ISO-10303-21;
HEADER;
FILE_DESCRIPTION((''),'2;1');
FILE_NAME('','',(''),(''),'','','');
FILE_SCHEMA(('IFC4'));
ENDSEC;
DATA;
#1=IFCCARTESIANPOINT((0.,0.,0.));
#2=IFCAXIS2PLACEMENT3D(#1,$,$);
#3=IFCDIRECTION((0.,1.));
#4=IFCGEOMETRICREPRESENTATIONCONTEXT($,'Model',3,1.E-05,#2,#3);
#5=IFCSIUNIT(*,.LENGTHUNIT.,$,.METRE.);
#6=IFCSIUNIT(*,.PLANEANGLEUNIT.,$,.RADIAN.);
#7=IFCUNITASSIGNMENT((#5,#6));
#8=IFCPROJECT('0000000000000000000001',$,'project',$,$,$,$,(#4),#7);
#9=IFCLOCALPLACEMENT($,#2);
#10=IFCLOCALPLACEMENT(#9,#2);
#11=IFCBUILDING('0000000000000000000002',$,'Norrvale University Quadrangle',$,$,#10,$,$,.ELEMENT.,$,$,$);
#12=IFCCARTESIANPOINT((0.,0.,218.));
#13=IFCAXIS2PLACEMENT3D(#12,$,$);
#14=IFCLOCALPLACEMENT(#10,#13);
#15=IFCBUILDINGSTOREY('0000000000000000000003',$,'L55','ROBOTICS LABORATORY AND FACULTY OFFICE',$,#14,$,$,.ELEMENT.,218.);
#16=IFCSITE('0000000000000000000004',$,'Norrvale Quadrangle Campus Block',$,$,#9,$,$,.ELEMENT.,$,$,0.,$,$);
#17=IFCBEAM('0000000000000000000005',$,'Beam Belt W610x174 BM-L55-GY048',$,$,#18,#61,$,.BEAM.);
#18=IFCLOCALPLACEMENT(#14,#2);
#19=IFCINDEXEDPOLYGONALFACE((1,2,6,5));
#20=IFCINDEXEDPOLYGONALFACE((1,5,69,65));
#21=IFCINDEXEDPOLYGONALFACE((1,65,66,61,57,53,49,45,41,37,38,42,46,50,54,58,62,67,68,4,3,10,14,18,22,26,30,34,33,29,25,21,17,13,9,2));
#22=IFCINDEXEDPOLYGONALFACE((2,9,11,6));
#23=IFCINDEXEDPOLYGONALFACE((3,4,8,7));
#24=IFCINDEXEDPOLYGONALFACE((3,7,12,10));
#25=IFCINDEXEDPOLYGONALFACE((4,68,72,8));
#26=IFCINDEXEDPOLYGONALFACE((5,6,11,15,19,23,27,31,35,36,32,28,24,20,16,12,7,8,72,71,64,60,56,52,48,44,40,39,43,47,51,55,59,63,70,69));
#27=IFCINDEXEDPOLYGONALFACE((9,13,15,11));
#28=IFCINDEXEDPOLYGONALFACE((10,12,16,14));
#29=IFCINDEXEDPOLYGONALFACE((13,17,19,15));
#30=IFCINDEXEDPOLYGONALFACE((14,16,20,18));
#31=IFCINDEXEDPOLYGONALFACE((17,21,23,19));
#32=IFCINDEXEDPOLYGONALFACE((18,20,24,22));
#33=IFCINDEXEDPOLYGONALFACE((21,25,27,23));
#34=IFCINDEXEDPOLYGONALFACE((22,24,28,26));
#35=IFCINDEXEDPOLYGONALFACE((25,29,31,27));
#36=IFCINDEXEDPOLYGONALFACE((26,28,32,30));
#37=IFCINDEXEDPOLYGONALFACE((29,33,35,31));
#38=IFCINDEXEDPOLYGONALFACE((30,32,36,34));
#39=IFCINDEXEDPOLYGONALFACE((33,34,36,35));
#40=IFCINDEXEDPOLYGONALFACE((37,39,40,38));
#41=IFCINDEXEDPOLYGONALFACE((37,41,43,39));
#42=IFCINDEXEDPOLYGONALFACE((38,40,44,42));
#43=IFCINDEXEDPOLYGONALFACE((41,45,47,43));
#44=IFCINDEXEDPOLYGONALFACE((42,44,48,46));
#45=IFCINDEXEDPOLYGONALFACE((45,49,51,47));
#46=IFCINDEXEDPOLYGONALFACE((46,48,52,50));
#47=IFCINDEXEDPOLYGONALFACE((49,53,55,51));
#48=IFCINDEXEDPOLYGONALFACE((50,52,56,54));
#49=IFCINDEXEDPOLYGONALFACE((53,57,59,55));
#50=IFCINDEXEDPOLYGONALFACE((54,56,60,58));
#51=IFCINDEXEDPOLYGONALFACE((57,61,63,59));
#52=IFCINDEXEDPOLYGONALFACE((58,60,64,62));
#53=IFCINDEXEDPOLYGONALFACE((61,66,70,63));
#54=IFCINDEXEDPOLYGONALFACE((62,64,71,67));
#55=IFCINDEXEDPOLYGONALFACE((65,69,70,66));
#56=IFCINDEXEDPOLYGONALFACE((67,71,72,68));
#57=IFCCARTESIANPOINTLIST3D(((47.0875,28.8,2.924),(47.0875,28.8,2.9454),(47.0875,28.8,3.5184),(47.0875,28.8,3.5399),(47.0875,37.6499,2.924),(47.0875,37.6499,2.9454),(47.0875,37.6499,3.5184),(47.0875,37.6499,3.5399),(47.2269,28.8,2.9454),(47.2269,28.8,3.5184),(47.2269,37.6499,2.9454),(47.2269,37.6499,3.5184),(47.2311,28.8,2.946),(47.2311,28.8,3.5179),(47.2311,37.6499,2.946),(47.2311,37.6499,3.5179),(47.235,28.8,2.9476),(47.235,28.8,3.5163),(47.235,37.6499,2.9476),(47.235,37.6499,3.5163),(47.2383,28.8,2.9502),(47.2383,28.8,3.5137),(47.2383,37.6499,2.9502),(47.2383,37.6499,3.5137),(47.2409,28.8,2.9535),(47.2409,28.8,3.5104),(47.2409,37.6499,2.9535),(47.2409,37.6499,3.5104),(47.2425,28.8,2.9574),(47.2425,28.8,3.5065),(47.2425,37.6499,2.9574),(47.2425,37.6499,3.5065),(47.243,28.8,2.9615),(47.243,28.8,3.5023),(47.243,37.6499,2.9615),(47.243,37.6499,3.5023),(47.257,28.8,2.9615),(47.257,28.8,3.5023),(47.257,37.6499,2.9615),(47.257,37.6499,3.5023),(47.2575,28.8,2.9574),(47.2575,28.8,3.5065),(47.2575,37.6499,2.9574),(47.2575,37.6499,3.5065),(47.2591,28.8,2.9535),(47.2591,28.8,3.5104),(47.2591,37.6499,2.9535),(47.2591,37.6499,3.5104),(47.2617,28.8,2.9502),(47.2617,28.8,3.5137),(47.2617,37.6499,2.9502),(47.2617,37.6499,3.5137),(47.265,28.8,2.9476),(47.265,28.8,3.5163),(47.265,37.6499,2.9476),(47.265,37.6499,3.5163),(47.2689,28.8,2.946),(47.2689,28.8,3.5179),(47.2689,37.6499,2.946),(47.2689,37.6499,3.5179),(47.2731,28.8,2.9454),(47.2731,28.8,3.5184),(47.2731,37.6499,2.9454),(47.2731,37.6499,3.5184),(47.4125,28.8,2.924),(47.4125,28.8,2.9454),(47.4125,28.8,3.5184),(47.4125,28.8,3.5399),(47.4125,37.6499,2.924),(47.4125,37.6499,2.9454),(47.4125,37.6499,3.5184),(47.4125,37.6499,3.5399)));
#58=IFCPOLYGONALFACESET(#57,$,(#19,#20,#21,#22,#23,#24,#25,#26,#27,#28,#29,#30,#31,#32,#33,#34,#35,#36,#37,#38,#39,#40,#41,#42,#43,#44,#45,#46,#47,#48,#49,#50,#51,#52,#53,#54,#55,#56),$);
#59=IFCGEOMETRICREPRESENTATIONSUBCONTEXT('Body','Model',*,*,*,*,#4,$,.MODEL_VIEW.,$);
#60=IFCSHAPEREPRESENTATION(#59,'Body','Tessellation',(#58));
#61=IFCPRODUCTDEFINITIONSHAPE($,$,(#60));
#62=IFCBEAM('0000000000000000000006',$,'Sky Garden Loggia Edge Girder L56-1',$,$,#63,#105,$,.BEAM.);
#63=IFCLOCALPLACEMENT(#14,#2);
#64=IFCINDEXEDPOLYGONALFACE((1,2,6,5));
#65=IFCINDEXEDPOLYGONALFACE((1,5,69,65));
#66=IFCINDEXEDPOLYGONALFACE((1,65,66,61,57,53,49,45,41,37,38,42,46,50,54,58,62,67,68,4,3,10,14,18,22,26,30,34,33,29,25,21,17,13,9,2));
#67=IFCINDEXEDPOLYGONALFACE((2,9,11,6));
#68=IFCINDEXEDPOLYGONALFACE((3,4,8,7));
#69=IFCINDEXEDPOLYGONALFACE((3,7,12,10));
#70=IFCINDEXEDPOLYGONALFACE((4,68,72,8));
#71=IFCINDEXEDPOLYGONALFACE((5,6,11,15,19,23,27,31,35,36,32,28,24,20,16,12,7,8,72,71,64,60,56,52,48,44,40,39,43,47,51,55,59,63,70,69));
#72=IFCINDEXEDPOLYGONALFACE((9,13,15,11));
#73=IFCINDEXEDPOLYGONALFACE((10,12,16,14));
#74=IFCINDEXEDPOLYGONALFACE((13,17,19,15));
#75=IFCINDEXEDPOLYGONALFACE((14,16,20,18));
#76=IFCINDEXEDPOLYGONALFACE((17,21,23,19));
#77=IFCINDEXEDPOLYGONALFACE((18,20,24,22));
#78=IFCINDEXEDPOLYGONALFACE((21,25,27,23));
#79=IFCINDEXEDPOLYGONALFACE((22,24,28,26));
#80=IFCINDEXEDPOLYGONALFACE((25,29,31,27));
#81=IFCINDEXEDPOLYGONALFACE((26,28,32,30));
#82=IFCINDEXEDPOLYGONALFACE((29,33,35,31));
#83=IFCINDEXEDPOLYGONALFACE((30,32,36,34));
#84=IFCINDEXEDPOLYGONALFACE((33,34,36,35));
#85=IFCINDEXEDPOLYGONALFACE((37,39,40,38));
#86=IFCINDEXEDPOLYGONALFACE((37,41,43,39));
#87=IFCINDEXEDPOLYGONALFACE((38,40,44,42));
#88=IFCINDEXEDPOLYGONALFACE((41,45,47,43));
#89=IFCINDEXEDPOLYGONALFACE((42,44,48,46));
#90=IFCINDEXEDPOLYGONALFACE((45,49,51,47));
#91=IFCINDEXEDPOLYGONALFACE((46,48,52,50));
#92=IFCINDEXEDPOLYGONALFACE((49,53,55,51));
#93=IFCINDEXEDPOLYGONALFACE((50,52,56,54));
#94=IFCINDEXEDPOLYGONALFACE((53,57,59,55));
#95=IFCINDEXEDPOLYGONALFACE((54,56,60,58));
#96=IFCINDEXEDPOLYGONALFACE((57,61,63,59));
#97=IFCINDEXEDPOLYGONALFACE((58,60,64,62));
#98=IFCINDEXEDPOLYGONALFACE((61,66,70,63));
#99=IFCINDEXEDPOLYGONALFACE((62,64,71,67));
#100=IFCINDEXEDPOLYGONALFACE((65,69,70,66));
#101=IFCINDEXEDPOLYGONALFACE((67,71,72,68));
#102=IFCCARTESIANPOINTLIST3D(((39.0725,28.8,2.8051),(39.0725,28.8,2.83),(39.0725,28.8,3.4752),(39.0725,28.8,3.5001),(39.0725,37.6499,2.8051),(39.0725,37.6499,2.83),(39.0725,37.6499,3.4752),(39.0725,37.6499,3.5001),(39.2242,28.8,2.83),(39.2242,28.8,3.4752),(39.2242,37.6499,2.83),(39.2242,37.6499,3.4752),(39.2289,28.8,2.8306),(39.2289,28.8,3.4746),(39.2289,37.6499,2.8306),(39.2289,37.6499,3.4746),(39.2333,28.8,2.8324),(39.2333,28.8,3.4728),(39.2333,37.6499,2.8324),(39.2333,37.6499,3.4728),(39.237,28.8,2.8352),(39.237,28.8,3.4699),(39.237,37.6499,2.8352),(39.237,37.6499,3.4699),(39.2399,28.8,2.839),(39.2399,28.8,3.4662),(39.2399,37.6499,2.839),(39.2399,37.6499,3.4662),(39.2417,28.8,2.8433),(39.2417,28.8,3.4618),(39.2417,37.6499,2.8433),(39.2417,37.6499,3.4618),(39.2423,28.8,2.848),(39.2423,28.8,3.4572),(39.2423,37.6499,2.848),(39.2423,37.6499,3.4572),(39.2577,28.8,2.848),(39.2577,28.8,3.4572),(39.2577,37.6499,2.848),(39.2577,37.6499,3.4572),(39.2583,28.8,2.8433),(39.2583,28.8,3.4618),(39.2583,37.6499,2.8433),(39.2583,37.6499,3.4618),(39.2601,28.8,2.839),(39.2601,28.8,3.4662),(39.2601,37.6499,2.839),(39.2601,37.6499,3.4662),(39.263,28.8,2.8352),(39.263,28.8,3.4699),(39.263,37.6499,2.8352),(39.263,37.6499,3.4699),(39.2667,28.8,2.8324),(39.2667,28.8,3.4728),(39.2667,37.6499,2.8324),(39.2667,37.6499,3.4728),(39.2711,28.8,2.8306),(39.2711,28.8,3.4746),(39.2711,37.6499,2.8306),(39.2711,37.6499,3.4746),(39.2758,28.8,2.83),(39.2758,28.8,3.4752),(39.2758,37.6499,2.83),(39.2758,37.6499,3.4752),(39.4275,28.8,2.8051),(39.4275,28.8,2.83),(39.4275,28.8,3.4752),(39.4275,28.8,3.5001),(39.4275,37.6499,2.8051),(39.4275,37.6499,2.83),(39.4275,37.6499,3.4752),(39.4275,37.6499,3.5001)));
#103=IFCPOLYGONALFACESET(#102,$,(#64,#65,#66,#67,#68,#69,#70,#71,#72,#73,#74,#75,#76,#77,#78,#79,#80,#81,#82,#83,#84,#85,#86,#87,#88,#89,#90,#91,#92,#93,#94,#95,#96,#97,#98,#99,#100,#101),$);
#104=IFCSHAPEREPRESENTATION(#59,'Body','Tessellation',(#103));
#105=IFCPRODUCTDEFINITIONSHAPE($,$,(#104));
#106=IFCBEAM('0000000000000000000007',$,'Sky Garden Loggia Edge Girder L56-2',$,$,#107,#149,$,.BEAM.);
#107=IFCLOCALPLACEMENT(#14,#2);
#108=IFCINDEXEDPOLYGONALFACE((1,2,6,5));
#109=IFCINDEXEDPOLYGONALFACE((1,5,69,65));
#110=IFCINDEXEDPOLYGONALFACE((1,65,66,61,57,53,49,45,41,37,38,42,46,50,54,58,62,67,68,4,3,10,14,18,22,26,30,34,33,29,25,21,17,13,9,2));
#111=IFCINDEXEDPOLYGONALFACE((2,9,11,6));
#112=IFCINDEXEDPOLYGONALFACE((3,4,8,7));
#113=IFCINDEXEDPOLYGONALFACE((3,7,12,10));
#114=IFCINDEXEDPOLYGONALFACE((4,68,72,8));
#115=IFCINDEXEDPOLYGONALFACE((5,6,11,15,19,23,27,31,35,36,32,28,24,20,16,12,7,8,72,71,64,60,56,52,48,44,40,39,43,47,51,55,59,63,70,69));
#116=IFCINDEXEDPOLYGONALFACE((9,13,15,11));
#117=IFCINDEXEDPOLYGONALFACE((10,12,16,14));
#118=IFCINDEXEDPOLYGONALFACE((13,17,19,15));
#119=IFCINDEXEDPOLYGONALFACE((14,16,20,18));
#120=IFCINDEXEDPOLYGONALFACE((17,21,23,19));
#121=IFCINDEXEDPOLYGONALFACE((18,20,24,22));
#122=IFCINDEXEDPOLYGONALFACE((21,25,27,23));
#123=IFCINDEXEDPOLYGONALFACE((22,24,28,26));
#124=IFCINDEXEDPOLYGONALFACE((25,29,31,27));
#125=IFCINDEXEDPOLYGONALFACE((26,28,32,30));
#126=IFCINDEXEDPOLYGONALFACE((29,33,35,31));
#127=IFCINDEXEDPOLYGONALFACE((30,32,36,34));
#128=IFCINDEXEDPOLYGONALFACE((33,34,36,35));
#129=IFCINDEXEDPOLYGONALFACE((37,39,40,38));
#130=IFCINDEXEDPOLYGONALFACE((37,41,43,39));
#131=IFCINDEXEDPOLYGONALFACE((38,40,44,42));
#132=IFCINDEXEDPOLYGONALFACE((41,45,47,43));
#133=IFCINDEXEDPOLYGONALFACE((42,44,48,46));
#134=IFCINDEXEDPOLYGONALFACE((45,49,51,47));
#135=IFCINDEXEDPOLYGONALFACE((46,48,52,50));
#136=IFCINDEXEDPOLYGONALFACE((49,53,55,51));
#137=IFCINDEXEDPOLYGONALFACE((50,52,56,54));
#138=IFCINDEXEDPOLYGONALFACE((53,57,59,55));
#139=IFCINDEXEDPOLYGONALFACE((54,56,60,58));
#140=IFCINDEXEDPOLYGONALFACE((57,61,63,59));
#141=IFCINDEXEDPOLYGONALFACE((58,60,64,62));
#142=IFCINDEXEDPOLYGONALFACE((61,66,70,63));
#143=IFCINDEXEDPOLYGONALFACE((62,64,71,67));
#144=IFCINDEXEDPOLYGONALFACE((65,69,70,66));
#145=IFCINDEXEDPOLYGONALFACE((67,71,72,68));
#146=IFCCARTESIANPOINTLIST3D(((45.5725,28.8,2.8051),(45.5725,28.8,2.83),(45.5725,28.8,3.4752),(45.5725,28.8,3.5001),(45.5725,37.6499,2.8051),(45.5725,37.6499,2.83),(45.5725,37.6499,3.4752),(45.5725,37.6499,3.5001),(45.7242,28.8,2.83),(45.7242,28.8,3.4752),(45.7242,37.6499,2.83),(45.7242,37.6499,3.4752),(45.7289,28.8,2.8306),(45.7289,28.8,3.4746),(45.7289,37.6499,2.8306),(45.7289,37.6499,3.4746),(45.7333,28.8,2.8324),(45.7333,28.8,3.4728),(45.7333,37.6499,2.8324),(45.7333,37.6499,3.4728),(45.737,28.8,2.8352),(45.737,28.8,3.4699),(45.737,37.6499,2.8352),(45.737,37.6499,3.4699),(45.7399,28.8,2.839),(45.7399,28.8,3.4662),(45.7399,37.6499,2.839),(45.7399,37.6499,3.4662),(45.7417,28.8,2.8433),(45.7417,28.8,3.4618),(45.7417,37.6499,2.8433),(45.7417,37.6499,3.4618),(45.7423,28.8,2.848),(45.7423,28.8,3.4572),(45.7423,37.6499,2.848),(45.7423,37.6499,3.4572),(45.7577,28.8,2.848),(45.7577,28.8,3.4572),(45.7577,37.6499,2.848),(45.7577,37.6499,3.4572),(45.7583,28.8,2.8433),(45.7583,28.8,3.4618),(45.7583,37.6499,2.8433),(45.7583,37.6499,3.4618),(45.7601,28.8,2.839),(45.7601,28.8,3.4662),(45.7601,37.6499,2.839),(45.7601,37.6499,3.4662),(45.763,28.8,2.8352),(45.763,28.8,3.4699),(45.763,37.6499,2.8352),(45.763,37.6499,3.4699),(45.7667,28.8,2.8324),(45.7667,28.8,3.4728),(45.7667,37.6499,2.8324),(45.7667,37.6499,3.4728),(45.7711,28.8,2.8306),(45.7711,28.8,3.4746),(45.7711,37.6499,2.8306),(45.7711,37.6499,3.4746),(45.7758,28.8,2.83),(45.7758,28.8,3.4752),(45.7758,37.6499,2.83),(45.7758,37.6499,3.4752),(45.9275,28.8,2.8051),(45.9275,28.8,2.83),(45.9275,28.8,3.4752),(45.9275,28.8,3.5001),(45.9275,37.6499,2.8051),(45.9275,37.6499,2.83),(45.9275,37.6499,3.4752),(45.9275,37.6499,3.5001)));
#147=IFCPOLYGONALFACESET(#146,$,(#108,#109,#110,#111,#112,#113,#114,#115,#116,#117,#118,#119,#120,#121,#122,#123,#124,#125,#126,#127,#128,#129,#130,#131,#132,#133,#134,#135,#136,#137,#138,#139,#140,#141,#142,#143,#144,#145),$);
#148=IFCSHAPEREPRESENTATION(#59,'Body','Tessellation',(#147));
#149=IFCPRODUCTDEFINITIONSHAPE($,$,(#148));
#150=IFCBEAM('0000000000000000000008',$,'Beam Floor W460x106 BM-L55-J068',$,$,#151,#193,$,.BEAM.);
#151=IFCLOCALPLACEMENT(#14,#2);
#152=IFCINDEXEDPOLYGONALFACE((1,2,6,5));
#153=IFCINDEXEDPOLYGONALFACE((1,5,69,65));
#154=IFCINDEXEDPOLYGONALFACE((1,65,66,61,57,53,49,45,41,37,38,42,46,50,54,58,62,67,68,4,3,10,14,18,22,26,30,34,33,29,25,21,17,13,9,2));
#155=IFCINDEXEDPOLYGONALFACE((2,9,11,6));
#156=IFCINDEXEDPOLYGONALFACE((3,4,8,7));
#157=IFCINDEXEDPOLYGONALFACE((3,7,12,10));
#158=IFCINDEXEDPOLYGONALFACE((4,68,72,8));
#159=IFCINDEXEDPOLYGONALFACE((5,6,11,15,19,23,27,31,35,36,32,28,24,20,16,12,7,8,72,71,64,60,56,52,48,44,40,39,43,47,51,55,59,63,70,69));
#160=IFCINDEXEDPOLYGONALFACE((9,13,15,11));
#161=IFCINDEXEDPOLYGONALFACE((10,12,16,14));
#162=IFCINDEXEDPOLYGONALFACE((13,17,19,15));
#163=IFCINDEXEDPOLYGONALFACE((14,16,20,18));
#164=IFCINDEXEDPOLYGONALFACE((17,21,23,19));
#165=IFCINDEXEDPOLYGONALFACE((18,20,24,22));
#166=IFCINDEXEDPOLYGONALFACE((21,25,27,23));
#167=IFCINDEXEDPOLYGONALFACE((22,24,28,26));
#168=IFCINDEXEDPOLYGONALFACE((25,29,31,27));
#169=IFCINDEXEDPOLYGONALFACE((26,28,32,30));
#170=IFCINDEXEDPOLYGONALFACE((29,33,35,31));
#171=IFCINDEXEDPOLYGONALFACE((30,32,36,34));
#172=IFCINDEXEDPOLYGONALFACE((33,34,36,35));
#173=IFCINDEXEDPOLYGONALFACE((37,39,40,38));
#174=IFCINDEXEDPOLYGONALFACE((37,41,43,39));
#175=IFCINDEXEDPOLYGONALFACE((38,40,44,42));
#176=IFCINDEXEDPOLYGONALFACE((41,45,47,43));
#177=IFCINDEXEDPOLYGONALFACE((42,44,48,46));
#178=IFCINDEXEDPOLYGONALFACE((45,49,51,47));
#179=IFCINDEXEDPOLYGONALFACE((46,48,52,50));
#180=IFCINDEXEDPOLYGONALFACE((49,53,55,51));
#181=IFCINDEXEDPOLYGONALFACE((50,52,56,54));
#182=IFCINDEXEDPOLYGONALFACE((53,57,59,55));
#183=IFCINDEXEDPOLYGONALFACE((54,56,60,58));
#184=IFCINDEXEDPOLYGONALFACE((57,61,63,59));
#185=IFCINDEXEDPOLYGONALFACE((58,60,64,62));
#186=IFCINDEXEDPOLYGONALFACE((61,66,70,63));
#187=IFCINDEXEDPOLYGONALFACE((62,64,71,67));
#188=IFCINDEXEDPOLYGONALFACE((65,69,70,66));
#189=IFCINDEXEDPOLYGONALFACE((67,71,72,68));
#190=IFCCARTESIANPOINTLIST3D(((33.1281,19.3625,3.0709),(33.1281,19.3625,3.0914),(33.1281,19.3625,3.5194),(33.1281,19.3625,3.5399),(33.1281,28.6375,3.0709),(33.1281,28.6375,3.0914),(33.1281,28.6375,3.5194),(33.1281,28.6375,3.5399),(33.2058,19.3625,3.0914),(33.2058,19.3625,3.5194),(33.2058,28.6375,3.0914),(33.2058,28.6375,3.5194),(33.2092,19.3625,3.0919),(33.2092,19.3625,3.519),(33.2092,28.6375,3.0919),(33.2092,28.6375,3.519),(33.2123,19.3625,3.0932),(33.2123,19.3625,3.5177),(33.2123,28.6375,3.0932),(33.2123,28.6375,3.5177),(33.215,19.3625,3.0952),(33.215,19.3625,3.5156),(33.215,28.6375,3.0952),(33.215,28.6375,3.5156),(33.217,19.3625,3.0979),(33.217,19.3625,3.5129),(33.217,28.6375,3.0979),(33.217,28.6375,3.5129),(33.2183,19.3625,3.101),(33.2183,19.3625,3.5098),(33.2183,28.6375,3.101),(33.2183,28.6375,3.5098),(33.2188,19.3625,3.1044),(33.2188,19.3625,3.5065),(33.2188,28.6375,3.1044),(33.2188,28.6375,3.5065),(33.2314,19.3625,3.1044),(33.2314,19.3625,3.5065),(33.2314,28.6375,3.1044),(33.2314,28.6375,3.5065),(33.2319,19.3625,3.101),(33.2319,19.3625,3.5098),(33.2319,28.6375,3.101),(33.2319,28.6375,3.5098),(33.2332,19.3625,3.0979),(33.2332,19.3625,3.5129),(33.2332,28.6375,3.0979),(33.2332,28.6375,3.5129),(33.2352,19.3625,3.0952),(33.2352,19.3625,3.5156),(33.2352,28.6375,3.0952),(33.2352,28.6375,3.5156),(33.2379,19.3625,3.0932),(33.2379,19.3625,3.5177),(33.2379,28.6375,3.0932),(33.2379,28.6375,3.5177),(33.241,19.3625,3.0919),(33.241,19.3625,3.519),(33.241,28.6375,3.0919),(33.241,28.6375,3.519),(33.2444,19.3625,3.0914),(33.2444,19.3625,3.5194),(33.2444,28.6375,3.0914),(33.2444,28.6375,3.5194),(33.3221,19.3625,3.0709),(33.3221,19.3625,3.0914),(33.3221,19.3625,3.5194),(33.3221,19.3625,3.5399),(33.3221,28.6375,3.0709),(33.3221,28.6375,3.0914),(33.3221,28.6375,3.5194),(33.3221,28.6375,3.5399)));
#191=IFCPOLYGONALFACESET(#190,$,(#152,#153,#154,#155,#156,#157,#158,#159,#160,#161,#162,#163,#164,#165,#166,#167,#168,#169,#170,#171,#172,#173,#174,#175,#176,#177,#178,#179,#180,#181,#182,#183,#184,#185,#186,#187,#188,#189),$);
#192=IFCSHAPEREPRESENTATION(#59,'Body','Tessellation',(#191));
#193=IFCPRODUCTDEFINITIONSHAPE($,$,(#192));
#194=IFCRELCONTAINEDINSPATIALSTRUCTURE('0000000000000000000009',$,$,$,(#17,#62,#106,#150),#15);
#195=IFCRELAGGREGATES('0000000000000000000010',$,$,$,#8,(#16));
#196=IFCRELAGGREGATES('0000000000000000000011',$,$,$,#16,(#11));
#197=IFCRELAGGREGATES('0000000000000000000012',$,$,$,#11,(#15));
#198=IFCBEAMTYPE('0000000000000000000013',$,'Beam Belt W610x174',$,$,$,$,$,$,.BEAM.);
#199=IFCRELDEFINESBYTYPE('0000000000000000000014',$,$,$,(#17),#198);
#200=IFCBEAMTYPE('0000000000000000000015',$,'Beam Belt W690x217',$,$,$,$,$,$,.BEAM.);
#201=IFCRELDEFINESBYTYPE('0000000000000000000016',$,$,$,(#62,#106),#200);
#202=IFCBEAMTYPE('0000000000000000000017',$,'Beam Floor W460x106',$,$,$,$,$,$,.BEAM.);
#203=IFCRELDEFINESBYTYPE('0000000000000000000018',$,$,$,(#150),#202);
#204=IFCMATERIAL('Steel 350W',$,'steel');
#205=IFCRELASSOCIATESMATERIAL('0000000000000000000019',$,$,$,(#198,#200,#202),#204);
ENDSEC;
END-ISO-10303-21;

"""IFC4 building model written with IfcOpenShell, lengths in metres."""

from ifc_helpers import new_model, si_unit, direction, frame, origin, origin_2d, place, context, subcontext, project, spatial, i_section, extrude, material, material_profile, profile_set, type_object, element, save


model = new_model("IFC4")

# Units and contexts
model_context = context("Model", 3, precision=1e-05, world=origin(), true_north=direction((0.0, 1.0)))
body_context = subcontext(model_context, "Body", "Model", "MODEL_VIEW")
ifc_project = project(units=[si_unit("LENGTHUNIT", "METRE"), si_unit("PLANEANGLEUNIT", "RADIAN")], contexts=[model_context])

# Site, building, storey
site_placement = place(None, origin())
site = spatial("IfcSite", under=ifc_project, at=site_placement, Name="Norrvale Quadrangle Campus Block", CompositionType="ELEMENT", RefElevation=0.0)
building_placement = place(site_placement, origin())
building = spatial("IfcBuilding", under=site, at=building_placement, Name="Norrvale University Quadrangle", CompositionType="ELEMENT")
storey_placement = place(building_placement, frame((0.0, 0.0, 218.0)))
storey = spatial("IfcBuildingStorey", under=building, at=storey_placement, Name="L55", Description="ROBOTICS LABORATORY AND FACULTY OFFICE", CompositionType="ELEMENT", Elevation=218.0)

# Beams
ifc_material_1 = material(Name="Steel 350W", Category="steel")
ifc_material_profile_1 = material_profile(ifc_material_1, i_section(OverallWidth=0.325, OverallDepth=0.616, WebThickness=0.0139, FlangeThickness=0.0215, FilletRadius=0.0161, at=origin_2d()), Name="Steel 350W")
ifc_profile_set_1 = profile_set([ifc_material_profile_1], Name="Steel 350W")
beam_type_1 = type_object("IfcBeamType", Name="Beam Belt W610x174", PredefinedType="BEAM", material=ifc_profile_set_1)
for number, where, z_axis, x_axis, name in (
    (1, (47.25, 28.8, 3.2319), (0.0, 1.0, 0.0), (-1.0, 0.0, 0.0), "Beam Belt W610x174 BM-L55-GY048"),
):
    element("IfcBeam", number, at=place(storey_placement, frame(where, z_axis=z_axis, x_axis=x_axis)), inside=storey, type_object=beam_type_1, Name=name, PredefinedType="BEAM", context=body_context, shape_type="SweptSolid", body=[
        extrude(i_section(OverallWidth=0.325, OverallDepth=0.616, WebThickness=0.0139, FlangeThickness=0.0215, FilletRadius=0.0161, at=origin_2d()), origin(), (0.0, 0.0, 1.0), 8.8499),
    ])
ifc_material_profile_2 = material_profile(ifc_material_1, i_section(OverallWidth=0.355, OverallDepth=0.6951, WebThickness=0.0154, FlangeThickness=0.0249, FilletRadius=0.0181, at=origin_2d()), Name="Steel 350W")
ifc_profile_set_2 = profile_set([ifc_material_profile_2], Name="Steel 350W")
beam_type_2 = type_object("IfcBeamType", Name="Beam Belt W690x217", PredefinedType="BEAM", material=ifc_profile_set_2)
for number, where, z_axis, x_axis, name in (
    (2, (39.25, 28.8, 3.1526), (0.0, 1.0, 0.0), (-1.0, 0.0, 0.0), "Sky Garden Loggia Edge Girder L56-1"),
    (3, (45.75, 28.8, 3.1526), (0.0, 1.0, 0.0), (-1.0, 0.0, 0.0), "Sky Garden Loggia Edge Girder L56-2"),
):
    element("IfcBeam", number, at=place(storey_placement, frame(where, z_axis=z_axis, x_axis=x_axis)), inside=storey, type_object=beam_type_2, Name=name, PredefinedType="BEAM", context=body_context, shape_type="SweptSolid", body=[
        extrude(i_section(OverallWidth=0.355, OverallDepth=0.6951, WebThickness=0.0154, FlangeThickness=0.0249, FilletRadius=0.0181, at=origin_2d()), origin(), (0.0, 0.0, 1.0), 8.8499),
    ])
ifc_material_profile_3 = material_profile(ifc_material_1, i_section(OverallWidth=0.1941, OverallDepth=0.469, WebThickness=0.0127, FlangeThickness=0.0205, FilletRadius=0.0129, at=origin_2d()), Name="Steel 350W")
ifc_profile_set_3 = profile_set([ifc_material_profile_3], Name="Steel 350W")
beam_type_3 = type_object("IfcBeamType", Name="Beam Floor W460x106", PredefinedType="BEAM", material=ifc_profile_set_3)
beam_1_placement = place(storey_placement, frame((33.2251, 19.3625, 3.3054), z_axis=(0.0, 1.0, 0.0), x_axis=(-1.0, 0.0, 0.0)))
element("IfcBeam", 4, at=beam_1_placement, inside=storey, type_object=beam_type_3, Name="Beam Floor W460x106 BM-L55-J068", PredefinedType="BEAM", context=body_context, shape_type="SweptSolid", body=[
    extrude(i_section(OverallWidth=0.1941, OverallDepth=0.469, WebThickness=0.0127, FlangeThickness=0.0205, FilletRadius=0.0129, at=origin_2d()), origin(), (0.0, 0.0, 1.0), 9.2749),
])

save(model, "model.ifc")
